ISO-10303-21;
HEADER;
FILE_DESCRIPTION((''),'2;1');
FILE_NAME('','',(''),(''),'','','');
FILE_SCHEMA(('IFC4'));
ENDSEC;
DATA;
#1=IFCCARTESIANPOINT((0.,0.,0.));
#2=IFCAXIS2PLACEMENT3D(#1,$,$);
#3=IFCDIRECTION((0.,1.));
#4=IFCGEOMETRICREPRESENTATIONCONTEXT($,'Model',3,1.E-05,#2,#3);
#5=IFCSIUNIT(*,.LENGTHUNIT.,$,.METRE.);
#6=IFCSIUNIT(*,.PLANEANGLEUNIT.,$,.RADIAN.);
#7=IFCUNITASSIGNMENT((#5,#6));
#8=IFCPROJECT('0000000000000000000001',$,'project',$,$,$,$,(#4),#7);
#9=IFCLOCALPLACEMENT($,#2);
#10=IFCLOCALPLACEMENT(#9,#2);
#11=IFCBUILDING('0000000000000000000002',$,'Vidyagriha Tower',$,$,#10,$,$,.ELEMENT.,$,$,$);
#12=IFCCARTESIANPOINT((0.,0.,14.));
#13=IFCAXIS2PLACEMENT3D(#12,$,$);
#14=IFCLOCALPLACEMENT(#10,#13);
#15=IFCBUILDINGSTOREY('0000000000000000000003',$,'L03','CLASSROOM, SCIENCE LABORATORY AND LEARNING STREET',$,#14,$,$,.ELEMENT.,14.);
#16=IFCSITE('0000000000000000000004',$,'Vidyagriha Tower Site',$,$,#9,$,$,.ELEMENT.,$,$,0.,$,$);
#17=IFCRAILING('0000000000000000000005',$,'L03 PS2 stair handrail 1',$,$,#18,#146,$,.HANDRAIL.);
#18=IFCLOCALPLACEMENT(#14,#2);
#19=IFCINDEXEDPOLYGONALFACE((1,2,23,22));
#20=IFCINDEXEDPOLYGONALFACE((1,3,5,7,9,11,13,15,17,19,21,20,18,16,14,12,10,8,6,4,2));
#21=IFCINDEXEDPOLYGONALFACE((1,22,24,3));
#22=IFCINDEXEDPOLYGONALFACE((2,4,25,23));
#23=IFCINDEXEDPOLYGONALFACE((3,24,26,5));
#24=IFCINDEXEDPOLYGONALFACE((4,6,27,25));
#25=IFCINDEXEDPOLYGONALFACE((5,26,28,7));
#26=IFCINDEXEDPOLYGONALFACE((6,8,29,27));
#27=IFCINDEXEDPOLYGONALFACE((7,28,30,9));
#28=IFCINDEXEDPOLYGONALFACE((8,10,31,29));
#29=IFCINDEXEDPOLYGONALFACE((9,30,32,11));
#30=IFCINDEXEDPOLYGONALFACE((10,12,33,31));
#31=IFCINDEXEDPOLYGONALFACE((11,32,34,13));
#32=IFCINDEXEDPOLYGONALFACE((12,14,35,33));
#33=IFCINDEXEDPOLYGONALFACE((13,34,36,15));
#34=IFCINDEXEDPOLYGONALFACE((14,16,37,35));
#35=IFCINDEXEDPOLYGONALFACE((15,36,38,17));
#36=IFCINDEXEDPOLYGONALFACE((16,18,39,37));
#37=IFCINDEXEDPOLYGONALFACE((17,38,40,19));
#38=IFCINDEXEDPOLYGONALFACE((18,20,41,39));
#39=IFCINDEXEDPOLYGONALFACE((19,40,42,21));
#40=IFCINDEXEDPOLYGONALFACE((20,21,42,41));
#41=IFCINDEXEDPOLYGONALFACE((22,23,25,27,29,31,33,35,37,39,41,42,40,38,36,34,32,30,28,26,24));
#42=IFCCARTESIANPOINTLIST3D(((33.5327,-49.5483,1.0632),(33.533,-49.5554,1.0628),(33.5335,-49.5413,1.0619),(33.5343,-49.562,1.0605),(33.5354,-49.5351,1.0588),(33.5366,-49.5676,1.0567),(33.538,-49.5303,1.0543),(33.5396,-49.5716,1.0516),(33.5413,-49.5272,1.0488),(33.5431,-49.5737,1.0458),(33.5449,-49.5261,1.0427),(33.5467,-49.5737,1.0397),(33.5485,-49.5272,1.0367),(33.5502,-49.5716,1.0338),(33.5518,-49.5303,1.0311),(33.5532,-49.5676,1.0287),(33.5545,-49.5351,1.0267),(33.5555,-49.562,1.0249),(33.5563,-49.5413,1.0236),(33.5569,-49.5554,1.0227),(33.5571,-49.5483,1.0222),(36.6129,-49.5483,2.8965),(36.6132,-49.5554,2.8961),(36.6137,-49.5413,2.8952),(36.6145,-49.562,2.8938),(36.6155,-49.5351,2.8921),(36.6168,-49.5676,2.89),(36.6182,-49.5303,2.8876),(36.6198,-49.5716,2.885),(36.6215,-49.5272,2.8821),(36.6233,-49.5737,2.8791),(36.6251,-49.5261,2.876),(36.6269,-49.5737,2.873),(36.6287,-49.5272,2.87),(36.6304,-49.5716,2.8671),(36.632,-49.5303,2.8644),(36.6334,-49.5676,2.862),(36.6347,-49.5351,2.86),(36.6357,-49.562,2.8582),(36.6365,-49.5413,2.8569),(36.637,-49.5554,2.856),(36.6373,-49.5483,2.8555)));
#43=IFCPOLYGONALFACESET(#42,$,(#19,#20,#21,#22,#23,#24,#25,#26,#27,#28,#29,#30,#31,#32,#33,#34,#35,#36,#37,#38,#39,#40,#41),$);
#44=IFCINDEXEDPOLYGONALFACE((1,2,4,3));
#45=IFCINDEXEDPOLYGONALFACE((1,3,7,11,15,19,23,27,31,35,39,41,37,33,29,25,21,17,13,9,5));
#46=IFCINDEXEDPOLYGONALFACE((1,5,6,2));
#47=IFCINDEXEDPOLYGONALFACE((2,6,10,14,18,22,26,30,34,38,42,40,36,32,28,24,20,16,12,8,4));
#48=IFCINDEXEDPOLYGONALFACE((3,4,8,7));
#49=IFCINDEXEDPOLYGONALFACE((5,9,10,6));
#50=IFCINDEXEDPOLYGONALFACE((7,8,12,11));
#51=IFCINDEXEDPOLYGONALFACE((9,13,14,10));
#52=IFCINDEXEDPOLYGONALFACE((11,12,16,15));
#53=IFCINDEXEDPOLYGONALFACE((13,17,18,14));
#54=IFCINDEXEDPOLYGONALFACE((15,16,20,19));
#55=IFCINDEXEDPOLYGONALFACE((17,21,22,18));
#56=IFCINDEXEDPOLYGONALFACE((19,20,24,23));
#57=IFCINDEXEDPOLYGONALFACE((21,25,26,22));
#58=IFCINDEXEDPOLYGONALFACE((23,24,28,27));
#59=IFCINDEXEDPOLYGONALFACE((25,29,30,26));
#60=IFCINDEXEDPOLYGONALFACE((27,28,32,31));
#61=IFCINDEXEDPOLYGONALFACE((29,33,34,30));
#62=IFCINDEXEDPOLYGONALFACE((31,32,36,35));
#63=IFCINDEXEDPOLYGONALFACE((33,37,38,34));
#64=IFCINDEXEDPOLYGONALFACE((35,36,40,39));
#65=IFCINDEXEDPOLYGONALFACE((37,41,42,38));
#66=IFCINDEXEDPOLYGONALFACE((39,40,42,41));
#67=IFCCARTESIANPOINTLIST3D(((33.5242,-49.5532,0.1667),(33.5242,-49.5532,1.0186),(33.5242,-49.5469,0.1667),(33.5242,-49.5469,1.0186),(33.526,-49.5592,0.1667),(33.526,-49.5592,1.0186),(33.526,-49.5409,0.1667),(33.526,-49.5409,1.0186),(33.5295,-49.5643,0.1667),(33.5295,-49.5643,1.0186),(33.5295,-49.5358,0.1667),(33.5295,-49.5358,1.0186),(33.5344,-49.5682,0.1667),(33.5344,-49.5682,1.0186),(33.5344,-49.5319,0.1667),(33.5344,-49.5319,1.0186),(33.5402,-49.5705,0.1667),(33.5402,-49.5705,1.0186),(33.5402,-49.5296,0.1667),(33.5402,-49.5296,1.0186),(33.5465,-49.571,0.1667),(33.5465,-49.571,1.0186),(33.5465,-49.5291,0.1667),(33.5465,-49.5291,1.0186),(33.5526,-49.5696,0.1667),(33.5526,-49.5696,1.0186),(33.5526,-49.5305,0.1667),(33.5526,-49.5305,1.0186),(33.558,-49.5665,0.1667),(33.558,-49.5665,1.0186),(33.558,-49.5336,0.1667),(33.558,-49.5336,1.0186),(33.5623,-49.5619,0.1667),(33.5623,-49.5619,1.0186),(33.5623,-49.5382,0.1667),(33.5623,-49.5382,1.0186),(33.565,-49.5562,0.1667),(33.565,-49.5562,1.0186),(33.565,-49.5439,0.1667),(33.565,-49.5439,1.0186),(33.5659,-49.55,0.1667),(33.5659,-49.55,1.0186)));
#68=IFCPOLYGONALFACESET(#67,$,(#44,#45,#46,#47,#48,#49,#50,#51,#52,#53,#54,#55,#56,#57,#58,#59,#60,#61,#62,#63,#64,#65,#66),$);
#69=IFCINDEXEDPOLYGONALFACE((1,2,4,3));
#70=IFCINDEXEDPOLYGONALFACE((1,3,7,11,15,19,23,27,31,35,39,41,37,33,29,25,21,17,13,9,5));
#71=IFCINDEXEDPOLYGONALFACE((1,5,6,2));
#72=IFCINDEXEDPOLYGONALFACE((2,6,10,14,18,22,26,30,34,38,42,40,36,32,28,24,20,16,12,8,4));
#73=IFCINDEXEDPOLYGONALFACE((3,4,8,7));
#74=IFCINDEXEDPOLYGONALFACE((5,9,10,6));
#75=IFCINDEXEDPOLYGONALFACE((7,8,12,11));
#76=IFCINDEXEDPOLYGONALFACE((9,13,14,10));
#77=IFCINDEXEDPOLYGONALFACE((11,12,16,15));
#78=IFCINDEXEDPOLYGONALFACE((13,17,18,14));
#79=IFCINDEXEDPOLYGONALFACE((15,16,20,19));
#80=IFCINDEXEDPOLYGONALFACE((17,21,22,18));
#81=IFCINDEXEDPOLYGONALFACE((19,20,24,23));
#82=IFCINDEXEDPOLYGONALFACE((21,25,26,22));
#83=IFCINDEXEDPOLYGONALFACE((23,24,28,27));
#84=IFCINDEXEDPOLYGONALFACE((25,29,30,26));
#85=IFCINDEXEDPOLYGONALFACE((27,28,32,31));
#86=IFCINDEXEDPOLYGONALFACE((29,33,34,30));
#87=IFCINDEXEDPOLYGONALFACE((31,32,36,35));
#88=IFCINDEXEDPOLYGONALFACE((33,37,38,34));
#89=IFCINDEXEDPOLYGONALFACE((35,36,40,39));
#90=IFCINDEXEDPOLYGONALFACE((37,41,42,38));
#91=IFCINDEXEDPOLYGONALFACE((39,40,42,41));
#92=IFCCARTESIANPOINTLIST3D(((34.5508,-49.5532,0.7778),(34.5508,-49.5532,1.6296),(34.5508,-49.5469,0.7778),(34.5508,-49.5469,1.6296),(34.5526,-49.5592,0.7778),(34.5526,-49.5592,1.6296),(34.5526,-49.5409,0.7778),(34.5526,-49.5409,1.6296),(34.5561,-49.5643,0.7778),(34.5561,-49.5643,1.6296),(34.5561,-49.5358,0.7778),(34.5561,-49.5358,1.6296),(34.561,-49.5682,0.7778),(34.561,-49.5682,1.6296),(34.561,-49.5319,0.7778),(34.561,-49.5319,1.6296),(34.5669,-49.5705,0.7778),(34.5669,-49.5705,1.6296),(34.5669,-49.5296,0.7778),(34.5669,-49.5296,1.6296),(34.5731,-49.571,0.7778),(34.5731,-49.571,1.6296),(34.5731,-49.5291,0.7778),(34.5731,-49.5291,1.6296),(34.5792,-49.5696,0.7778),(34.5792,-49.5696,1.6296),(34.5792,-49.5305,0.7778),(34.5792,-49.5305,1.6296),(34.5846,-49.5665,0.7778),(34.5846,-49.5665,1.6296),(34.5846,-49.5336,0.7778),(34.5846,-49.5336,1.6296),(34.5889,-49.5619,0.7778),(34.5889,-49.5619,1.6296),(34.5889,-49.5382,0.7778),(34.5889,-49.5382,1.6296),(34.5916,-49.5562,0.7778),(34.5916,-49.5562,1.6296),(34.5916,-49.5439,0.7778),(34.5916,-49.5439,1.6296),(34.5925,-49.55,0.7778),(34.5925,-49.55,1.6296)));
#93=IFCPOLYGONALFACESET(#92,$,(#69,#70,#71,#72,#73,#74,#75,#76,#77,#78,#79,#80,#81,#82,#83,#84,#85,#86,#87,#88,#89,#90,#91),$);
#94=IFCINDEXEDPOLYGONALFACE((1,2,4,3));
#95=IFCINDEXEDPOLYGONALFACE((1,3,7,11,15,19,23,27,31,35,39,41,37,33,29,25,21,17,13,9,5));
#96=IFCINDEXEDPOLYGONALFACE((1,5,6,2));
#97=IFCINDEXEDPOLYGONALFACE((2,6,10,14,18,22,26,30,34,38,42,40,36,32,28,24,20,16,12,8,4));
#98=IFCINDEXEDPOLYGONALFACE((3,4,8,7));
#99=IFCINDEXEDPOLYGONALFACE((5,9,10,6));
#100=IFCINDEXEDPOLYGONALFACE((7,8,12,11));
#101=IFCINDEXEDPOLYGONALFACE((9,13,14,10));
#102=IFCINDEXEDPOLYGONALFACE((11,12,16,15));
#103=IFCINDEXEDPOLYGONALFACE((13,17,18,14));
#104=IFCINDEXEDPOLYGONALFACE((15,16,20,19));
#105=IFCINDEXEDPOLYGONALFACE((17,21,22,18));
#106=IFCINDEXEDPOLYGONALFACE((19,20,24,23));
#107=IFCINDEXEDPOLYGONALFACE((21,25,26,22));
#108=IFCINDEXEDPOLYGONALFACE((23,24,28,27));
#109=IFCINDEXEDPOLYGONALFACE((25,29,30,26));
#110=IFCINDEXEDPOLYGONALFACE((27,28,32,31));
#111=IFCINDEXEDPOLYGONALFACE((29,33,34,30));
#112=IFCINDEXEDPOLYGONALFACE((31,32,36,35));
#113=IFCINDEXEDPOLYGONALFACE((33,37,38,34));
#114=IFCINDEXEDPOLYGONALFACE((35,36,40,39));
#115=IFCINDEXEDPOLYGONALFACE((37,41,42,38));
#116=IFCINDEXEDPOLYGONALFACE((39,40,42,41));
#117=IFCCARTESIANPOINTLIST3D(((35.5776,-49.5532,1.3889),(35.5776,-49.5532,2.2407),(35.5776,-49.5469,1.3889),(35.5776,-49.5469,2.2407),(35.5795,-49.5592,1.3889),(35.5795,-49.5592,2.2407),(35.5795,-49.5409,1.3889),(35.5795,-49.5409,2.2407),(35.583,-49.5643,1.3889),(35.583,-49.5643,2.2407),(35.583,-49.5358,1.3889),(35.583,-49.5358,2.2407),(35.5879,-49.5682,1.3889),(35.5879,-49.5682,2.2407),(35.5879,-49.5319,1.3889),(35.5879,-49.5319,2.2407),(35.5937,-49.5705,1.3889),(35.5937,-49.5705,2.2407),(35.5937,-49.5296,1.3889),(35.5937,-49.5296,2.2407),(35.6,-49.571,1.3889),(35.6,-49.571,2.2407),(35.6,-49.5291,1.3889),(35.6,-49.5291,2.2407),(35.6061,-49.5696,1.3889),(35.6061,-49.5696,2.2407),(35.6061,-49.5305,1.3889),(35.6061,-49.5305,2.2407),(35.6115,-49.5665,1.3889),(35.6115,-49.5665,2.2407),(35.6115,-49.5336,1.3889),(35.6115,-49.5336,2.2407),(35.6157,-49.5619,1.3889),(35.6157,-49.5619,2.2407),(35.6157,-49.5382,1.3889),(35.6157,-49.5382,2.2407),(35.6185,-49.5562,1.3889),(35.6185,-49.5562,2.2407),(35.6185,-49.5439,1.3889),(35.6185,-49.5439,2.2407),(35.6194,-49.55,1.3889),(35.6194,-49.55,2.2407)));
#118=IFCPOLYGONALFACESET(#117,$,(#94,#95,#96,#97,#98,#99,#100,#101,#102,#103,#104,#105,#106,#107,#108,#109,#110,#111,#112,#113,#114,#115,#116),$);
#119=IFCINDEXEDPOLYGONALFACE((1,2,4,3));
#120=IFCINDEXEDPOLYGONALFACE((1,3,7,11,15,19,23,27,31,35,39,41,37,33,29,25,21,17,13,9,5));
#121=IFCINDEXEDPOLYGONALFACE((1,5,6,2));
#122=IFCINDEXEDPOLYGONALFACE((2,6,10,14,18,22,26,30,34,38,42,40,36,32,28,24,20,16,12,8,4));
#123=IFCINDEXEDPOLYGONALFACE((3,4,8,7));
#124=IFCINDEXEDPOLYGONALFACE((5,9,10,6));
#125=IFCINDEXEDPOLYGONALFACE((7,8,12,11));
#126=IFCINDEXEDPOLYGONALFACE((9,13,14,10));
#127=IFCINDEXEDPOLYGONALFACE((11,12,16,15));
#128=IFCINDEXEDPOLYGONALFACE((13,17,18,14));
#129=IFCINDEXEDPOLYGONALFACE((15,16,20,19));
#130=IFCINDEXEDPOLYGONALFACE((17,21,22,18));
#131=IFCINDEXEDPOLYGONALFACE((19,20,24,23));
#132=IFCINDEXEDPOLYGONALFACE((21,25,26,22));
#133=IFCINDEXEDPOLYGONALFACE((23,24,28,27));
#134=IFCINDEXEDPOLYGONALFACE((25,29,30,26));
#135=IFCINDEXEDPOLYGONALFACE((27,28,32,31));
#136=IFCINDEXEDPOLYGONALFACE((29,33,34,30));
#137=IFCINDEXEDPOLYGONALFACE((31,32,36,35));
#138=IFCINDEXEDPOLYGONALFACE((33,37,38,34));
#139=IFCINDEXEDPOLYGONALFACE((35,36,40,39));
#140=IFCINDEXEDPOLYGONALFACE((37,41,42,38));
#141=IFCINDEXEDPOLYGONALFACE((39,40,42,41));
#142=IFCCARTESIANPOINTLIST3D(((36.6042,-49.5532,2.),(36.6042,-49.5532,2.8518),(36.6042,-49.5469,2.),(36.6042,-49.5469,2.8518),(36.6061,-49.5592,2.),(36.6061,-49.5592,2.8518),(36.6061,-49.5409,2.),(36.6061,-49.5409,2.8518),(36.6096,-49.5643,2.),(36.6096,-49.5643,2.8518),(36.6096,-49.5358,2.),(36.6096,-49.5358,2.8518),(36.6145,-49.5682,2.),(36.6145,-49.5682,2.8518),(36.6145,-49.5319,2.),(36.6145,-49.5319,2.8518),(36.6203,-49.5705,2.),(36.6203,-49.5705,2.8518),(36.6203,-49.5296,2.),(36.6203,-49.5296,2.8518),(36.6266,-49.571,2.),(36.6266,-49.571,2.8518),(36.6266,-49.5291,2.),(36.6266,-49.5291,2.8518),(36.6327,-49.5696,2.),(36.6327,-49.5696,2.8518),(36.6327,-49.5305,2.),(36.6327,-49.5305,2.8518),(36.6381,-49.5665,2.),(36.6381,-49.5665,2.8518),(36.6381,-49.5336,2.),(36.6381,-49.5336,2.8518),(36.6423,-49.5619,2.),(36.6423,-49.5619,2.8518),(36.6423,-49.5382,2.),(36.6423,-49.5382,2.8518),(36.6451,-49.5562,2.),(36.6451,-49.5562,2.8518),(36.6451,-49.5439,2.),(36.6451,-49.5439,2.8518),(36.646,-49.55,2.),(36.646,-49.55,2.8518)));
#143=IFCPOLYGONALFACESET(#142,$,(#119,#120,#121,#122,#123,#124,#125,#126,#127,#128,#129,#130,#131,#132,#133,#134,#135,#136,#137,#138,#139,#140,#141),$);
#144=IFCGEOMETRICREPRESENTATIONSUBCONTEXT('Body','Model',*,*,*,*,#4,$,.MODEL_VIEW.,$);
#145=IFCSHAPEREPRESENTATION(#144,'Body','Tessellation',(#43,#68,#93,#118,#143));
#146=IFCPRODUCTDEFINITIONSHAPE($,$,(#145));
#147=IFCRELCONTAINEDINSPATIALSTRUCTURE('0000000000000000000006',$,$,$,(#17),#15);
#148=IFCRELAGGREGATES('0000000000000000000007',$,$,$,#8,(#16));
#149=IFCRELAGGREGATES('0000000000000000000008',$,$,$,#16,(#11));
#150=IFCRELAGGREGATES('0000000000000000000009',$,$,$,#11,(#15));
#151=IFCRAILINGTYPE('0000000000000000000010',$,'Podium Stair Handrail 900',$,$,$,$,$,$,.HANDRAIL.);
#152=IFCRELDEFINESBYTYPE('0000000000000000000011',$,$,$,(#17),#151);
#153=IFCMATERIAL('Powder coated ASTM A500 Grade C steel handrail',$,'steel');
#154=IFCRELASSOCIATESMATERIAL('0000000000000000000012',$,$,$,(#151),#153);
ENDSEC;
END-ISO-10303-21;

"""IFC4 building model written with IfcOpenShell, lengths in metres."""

from ifc_helpers import new_model, si_unit, direction, frame, origin, origin_2d, place, context, subcontext, project, spatial, circle, extrude, material, type_object, element, save


model = new_model("IFC4")

# Units and contexts
model_context = context("Model", 3, precision=1e-05, world=origin(), true_north=direction((0.0, 1.0)))
body_context = subcontext(model_context, "Body", "Model", "MODEL_VIEW")
ifc_project = project(units=[si_unit("LENGTHUNIT", "METRE"), si_unit("PLANEANGLEUNIT", "RADIAN")], contexts=[model_context])

# Site, building, storey
site_placement = place(None, origin())
site = spatial("IfcSite", under=ifc_project, at=site_placement, Name="Vidyagriha Tower Site", CompositionType="ELEMENT", RefElevation=0.0)
building_placement = place(site_placement, origin())
building = spatial("IfcBuilding", under=site, at=building_placement, Name="Vidyagriha Tower", CompositionType="ELEMENT")
storey_placement = place(building_placement, frame((0.0, 0.0, 14.0)))
storey = spatial("IfcBuildingStorey", under=building, at=storey_placement, Name="L03", Description="CLASSROOM, SCIENCE LABORATORY AND LEARNING STREET", CompositionType="ELEMENT", Elevation=14.0)

# Railing
ifc_material_1 = material(Name="Powder coated ASTM A500 Grade C steel handrail", Category="steel")
railing_type_1 = type_object("IfcRailingType", Name="Podium Stair Handrail 900", PredefinedType="HANDRAIL", material=ifc_material_1)
railing_1_placement = place(storey_placement, frame((33.5449, -49.55, 0.1667)))
element("IfcRailing", 1, at=railing_1_placement, inside=storey, type_object=railing_type_1, Name="L03 PS2 stair handrail 1", PredefinedType="HANDRAIL", context=body_context, shape_type="SweptSolid", body=[
    extrude(circle(Radius=0.0239, at=origin_2d()), frame((0.0, 0.0, 0.876), z_axis=(0.859309, 0.0, 0.511458), x_axis=(0.0, 1.0, 0.0)), (0.0, 0.0, 1.0), 3.5845),
    extrude(circle(Radius=0.021, at=origin_2d()), origin(), (0.0, 0.0, 1.0), 0.8518),
    extrude(circle(Radius=0.021, at=origin_2d()), frame((1.0266, 0.0, 0.6111)), (0.0, 0.0, 1.0), 0.8518),
    extrude(circle(Radius=0.021, at=origin_2d()), frame((2.0535, 0.0, 1.2222)), (0.0, 0.0, 1.0), 0.8518),
    extrude(circle(Radius=0.021, at=origin_2d()), frame((3.0801, 0.0, 1.8333)), (0.0, 0.0, 1.0), 0.8518),
])

save(model, "model.ifc")
